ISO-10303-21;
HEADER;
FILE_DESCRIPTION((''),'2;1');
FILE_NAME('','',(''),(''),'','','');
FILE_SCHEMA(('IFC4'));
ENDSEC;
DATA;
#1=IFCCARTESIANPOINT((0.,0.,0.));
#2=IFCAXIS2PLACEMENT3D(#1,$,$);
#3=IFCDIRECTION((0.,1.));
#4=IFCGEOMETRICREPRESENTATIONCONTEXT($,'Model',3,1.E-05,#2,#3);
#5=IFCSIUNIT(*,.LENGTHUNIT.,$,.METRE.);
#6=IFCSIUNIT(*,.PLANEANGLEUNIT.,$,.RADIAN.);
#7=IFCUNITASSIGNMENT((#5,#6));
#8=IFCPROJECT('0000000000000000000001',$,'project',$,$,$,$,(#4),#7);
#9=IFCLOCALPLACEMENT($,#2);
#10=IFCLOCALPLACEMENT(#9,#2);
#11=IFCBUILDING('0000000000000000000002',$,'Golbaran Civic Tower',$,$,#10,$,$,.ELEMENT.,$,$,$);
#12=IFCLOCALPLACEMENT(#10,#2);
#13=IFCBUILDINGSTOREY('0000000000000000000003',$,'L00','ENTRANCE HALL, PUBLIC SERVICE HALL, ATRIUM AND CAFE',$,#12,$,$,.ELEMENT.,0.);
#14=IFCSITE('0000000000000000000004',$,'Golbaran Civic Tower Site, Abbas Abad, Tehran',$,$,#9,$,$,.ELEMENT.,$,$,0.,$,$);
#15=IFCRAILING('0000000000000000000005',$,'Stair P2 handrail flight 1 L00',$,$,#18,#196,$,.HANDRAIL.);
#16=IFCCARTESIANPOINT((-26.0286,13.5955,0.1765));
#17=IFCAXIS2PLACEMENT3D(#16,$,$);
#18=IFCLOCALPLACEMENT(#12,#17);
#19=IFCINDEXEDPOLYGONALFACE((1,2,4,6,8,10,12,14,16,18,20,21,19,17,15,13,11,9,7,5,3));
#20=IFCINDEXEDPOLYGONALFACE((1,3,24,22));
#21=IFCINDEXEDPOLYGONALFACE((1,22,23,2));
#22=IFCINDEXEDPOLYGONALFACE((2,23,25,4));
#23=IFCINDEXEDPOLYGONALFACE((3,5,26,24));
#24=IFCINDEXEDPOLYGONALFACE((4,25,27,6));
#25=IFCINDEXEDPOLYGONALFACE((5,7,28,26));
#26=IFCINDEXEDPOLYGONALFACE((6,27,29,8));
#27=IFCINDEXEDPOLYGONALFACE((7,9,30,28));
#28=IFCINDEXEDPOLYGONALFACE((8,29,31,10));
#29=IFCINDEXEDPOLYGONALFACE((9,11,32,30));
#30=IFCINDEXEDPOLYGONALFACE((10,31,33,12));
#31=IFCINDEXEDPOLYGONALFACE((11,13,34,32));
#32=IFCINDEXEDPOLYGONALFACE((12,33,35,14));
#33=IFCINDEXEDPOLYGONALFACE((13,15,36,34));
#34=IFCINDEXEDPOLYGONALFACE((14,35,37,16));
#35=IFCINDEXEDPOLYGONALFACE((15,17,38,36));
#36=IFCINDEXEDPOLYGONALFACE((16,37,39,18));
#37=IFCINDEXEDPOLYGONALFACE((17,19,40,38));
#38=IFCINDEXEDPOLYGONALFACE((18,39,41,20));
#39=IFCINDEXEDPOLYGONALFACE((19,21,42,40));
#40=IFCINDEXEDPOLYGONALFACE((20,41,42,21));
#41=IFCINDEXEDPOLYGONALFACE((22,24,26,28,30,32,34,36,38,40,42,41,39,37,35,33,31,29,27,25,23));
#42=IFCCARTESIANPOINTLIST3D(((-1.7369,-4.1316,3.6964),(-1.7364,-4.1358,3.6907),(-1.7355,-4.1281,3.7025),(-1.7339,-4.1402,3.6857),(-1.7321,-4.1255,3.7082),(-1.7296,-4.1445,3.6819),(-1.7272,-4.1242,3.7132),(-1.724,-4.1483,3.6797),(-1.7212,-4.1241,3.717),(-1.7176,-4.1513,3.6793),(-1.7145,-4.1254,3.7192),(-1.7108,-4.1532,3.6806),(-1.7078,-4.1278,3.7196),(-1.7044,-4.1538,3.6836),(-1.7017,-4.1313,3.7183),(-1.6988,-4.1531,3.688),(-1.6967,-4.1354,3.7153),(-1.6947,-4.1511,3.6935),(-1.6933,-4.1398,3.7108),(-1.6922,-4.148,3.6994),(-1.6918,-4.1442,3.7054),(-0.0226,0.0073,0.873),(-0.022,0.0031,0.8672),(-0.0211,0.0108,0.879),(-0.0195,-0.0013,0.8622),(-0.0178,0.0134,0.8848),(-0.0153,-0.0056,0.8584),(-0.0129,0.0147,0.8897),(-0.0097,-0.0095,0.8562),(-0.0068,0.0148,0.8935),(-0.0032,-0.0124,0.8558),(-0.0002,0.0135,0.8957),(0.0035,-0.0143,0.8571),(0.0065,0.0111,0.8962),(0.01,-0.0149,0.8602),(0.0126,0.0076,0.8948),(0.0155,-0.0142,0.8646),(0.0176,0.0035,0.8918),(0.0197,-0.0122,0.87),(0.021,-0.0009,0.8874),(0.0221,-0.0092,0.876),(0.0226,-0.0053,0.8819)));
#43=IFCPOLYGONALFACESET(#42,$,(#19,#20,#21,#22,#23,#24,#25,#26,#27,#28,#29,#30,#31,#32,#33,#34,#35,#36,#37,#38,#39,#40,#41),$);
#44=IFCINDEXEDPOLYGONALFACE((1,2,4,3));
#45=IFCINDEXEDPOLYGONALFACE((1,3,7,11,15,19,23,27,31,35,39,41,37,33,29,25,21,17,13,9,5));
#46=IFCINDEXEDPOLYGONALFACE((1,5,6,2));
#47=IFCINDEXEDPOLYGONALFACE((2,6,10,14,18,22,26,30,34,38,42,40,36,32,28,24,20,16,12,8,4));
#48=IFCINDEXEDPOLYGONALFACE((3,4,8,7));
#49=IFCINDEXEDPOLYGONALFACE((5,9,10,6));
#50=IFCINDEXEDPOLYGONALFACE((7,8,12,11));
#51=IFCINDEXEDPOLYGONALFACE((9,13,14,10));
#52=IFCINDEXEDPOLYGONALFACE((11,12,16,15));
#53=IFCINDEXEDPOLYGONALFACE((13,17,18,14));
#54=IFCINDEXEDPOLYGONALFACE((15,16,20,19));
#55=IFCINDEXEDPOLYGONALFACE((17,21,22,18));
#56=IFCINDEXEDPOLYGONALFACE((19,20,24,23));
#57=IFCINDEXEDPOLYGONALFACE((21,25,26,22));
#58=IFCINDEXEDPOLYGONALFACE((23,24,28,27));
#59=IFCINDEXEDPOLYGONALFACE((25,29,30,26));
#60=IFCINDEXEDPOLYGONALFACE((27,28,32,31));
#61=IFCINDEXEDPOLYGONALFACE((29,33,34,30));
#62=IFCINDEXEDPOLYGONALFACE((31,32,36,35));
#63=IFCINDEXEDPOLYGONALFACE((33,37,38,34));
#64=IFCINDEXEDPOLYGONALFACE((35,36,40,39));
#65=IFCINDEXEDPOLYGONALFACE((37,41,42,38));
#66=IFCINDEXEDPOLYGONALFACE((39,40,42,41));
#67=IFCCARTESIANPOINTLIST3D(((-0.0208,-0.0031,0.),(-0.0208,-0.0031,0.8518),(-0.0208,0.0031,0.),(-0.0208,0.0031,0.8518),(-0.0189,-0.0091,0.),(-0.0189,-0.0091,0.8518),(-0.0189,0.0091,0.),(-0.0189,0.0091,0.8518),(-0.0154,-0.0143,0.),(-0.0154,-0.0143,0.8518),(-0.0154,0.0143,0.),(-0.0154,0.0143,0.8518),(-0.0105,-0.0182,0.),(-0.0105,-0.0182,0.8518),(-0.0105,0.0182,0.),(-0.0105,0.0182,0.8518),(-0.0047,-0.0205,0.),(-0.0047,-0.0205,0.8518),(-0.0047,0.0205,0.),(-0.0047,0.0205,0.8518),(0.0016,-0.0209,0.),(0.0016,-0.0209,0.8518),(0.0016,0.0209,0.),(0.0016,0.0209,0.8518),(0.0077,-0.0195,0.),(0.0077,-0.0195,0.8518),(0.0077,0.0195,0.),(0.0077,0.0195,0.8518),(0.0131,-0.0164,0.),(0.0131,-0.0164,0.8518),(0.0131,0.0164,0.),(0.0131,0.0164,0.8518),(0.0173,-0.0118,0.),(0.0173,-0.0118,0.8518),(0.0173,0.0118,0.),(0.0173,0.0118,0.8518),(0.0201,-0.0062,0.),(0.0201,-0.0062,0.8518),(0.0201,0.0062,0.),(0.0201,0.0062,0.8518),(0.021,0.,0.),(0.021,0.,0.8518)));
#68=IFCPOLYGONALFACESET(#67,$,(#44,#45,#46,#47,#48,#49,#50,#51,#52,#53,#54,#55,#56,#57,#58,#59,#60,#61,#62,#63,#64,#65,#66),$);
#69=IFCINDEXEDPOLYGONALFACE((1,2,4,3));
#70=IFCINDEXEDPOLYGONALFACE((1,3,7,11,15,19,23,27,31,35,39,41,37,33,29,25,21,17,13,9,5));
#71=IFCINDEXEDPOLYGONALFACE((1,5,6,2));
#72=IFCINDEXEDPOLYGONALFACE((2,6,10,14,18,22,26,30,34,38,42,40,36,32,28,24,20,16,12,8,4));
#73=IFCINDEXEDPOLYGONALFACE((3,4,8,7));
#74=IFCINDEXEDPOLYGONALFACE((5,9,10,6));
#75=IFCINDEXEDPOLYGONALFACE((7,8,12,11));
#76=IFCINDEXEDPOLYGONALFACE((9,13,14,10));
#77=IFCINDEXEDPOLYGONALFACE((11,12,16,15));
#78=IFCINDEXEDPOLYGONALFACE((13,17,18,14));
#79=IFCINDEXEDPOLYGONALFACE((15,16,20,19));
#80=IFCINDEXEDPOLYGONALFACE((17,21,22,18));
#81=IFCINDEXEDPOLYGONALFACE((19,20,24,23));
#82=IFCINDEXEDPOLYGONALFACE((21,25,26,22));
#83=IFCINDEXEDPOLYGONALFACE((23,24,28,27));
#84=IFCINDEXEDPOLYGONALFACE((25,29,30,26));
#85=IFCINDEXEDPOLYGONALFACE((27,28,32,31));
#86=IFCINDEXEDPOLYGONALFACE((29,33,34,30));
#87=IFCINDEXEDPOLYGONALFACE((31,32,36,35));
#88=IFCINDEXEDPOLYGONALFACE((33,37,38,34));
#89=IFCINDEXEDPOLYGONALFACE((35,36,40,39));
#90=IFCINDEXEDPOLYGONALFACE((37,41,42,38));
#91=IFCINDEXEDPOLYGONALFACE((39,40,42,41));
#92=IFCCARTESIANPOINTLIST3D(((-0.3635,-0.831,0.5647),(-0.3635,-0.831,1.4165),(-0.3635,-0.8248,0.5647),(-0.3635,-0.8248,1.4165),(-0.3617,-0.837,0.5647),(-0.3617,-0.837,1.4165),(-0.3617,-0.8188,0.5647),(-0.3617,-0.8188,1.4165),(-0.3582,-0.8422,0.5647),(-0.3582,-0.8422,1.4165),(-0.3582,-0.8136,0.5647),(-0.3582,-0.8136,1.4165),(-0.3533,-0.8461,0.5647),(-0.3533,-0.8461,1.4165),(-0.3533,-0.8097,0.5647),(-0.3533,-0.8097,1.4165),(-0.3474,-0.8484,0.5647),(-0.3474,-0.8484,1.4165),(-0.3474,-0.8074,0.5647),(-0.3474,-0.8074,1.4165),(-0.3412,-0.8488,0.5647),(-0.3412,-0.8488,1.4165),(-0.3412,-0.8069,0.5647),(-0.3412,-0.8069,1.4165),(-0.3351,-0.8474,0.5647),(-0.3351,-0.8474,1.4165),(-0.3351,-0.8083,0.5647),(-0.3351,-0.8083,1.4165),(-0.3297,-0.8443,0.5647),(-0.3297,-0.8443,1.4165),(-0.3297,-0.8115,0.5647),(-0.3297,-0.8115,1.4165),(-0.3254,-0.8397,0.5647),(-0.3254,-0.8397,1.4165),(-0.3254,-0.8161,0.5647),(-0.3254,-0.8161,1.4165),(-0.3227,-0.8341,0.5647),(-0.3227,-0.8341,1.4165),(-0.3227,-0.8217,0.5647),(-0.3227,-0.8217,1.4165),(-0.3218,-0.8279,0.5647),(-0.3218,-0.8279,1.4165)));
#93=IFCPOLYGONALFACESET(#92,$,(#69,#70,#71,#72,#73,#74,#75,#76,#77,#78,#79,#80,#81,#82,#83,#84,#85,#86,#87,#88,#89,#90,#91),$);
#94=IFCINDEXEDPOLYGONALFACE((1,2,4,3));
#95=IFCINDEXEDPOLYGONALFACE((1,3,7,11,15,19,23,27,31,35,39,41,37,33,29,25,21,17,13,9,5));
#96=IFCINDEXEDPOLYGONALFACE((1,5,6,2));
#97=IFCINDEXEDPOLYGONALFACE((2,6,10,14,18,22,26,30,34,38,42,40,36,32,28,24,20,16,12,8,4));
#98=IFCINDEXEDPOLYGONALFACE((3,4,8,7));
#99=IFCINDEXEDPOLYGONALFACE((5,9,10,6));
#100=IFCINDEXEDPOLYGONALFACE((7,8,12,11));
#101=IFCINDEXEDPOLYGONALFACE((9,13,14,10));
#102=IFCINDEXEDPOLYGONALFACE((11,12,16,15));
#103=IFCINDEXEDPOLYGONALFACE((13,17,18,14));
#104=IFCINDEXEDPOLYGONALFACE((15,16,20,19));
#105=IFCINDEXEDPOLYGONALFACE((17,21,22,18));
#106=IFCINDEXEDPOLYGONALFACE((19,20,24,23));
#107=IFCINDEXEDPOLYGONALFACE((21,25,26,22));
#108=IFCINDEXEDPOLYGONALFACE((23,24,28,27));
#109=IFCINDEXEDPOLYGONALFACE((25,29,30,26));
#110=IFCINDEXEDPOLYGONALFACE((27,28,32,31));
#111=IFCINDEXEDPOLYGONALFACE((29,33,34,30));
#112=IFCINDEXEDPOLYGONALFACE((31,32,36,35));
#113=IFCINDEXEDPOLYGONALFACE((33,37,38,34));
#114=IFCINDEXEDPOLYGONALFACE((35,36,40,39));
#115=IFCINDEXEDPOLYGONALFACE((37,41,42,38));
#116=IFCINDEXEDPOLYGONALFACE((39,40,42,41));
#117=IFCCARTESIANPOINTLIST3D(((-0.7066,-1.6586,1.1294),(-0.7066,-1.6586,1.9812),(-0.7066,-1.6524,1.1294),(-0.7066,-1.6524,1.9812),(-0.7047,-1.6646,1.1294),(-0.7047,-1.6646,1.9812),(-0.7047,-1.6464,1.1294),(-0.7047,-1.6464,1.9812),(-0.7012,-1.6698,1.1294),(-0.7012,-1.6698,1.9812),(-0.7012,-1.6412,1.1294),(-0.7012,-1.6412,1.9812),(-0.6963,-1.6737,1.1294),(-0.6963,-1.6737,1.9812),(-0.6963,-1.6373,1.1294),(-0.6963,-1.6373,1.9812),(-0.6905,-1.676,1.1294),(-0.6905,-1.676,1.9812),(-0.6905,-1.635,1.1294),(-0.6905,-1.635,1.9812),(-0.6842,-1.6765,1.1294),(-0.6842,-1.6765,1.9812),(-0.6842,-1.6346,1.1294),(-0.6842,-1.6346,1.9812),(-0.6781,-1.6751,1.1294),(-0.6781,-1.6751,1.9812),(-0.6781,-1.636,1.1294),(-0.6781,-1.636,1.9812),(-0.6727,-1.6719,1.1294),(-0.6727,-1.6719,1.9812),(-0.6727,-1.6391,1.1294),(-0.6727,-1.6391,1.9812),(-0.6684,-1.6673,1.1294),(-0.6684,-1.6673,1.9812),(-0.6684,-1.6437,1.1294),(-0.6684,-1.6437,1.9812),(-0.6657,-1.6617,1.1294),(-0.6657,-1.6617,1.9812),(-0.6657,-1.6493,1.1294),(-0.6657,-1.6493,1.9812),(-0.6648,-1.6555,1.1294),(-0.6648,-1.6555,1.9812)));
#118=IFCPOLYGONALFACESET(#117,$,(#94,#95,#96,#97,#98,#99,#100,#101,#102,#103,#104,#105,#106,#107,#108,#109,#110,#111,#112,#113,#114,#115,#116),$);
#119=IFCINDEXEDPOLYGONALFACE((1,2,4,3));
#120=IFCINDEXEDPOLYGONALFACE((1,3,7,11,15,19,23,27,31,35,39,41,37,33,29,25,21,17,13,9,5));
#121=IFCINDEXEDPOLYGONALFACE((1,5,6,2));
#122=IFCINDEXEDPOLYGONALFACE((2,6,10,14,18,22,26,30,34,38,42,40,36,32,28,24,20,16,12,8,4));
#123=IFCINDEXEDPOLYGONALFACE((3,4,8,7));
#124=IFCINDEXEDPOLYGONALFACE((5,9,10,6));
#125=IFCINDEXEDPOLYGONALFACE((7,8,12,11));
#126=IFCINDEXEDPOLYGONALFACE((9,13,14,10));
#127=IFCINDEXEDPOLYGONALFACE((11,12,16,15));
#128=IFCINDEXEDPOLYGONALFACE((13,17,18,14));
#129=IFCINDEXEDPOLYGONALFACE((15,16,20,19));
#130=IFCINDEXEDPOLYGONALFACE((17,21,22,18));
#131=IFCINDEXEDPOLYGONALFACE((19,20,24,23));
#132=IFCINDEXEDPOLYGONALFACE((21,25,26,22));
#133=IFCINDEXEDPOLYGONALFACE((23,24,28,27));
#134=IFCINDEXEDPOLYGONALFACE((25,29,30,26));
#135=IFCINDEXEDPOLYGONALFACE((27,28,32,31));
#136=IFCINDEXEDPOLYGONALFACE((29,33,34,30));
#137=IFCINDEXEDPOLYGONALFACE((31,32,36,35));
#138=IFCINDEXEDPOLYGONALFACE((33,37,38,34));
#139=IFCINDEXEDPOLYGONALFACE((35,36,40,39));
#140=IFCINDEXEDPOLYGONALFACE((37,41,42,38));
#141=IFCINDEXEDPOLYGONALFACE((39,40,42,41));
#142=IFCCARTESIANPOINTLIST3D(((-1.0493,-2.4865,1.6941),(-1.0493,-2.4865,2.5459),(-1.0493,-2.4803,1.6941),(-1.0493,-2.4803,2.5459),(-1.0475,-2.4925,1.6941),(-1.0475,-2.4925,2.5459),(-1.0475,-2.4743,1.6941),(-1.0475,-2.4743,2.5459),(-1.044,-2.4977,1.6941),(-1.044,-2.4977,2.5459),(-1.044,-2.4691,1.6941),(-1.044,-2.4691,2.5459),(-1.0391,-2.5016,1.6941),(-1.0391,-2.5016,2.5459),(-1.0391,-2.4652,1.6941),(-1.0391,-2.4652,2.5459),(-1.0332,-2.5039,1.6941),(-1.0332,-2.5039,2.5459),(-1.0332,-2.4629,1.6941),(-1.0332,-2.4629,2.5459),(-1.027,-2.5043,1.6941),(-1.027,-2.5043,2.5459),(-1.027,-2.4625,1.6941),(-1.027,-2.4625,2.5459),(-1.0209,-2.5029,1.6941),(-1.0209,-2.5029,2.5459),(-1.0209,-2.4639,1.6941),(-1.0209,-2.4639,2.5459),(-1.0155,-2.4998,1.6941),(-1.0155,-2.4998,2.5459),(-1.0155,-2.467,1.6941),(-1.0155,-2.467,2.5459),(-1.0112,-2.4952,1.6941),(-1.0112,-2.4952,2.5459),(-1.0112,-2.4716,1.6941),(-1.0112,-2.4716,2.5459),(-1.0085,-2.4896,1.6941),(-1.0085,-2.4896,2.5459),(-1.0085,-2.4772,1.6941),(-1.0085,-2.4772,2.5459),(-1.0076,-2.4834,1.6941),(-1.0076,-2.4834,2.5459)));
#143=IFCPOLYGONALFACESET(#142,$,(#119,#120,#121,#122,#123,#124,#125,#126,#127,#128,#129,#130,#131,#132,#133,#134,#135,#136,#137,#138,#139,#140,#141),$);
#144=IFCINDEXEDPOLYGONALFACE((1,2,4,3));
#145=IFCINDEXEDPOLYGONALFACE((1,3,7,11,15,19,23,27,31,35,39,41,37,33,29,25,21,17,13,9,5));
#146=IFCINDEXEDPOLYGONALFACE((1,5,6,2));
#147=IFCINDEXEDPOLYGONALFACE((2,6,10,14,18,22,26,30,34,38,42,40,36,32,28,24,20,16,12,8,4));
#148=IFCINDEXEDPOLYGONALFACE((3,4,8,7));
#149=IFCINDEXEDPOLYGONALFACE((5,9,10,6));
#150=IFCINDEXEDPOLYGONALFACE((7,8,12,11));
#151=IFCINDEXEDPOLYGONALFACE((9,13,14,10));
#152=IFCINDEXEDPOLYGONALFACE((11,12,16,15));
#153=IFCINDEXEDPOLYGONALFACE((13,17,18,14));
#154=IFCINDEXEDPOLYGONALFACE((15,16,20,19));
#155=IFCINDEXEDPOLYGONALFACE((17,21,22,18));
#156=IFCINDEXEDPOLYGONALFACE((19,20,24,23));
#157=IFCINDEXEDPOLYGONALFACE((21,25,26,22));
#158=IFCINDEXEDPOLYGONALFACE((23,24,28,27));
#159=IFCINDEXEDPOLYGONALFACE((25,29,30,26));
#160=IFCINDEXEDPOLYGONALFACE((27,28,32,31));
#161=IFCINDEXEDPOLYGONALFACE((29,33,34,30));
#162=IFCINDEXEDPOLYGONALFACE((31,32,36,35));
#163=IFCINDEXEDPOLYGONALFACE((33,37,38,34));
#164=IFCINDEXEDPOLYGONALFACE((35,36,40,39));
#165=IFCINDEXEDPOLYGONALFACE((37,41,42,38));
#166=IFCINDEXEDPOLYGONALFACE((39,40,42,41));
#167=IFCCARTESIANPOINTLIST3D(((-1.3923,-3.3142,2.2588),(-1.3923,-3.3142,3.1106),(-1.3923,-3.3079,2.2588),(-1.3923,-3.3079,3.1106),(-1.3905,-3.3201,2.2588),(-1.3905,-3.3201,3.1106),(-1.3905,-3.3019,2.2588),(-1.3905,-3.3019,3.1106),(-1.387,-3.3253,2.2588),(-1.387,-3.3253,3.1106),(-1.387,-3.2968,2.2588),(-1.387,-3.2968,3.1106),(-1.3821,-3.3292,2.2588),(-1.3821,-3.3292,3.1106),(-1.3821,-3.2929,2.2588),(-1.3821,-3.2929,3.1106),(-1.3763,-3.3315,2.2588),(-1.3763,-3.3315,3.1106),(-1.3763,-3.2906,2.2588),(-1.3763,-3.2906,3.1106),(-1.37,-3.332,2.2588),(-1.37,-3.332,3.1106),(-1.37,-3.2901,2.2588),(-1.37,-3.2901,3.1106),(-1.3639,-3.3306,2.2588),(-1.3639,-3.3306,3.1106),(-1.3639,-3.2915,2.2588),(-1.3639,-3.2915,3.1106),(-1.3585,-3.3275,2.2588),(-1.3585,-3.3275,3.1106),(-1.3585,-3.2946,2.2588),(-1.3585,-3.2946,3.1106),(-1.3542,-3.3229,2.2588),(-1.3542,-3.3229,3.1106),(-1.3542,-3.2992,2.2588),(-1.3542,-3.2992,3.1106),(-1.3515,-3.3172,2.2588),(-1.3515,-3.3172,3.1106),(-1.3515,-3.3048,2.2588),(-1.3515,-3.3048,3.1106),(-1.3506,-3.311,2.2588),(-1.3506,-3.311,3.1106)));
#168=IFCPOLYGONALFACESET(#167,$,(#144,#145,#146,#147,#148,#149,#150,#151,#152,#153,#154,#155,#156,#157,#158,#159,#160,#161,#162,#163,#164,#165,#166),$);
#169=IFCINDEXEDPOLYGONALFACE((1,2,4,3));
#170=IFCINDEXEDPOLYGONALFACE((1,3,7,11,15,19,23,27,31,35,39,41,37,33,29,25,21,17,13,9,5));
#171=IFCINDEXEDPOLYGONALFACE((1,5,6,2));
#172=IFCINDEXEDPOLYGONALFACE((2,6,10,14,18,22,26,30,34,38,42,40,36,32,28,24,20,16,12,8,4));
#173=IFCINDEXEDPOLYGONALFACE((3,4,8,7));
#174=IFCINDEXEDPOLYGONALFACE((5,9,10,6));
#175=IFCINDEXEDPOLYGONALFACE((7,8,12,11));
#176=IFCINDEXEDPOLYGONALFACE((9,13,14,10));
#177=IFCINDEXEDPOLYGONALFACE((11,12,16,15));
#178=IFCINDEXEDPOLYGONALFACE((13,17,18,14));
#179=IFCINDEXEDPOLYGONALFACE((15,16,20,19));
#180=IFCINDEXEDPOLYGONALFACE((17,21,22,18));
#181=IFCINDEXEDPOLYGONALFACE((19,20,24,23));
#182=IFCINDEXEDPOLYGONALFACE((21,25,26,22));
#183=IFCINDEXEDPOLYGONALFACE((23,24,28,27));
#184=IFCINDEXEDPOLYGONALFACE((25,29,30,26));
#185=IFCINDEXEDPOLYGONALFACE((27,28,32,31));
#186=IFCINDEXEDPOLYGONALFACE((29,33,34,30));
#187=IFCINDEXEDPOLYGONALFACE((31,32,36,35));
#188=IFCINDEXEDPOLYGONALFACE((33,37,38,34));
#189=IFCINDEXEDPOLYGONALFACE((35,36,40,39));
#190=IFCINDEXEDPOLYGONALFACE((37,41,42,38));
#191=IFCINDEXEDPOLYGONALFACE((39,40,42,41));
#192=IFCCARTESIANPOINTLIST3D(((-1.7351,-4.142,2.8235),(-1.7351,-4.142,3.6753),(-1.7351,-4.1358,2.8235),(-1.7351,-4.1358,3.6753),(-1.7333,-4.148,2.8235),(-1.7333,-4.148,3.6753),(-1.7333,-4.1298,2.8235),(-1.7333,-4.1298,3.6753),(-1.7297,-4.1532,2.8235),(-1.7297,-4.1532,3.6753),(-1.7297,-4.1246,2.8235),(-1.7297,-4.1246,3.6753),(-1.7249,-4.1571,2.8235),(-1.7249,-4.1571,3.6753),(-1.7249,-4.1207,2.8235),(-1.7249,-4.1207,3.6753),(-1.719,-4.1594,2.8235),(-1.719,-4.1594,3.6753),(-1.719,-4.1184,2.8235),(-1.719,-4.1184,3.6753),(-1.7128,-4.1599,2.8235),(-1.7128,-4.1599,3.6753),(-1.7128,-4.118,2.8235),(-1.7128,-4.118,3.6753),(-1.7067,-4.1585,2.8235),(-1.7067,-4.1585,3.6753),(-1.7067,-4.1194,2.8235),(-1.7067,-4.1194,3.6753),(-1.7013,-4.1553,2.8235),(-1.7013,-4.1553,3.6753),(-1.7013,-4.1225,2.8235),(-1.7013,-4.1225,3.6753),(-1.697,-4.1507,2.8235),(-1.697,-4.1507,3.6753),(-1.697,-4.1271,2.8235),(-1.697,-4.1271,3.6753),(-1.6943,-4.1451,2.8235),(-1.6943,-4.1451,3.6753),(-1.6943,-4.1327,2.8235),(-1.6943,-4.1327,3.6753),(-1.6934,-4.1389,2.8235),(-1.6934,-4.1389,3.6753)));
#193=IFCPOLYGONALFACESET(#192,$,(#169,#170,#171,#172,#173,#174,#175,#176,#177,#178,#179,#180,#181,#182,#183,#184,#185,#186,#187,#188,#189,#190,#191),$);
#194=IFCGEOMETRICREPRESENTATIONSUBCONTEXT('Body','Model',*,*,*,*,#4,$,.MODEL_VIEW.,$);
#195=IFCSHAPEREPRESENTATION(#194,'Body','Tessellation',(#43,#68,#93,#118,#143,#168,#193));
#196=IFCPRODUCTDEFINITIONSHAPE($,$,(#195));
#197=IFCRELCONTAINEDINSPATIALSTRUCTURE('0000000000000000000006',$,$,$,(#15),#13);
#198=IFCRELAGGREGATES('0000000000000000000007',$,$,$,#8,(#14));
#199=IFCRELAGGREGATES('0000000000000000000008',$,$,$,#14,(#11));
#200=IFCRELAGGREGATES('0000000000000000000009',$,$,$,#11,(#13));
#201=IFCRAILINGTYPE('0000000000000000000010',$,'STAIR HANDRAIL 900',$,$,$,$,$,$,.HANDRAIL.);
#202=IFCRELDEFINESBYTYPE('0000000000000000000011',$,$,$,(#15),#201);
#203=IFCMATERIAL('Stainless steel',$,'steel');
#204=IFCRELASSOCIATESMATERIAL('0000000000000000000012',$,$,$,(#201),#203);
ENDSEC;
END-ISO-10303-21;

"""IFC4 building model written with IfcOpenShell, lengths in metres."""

from ifc_helpers import new_model, si_unit, direction, frame, origin, origin_2d, place, context, subcontext, project, spatial, circle, extrude, material, type_object, element, save


model = new_model("IFC4")

# Units and contexts
model_context = context("Model", 3, precision=1e-05, world=origin(), true_north=direction((0.0, 1.0)))
body_context = subcontext(model_context, "Body", "Model", "MODEL_VIEW")
ifc_project = project(units=[si_unit("LENGTHUNIT", "METRE"), si_unit("PLANEANGLEUNIT", "RADIAN")], contexts=[model_context])

# Site, building, storey
site_placement = place(None, origin())
site = spatial("IfcSite", under=ifc_project, at=site_placement, Name="Golbaran Civic Tower Site, Abbas Abad, Tehran", CompositionType="ELEMENT", RefElevation=0.0)
building_placement = place(site_placement, origin())
building = spatial("IfcBuilding", under=site, at=building_placement, Name="Golbaran Civic Tower", CompositionType="ELEMENT")
storey_placement = place(building_placement, origin())
storey = spatial("IfcBuildingStorey", under=building, at=storey_placement, Name="L00", Description="ENTRANCE HALL, PUBLIC SERVICE HALL, ATRIUM AND CAFE", CompositionType="ELEMENT", Elevation=0.0)

# Railing
ifc_material_1 = material(Name="Stainless steel", Category="steel")
railing_type_1 = type_object("IfcRailingType", Name="STAIR HANDRAIL 900", PredefinedType="HANDRAIL", material=ifc_material_1)
railing_1_placement = place(storey_placement, frame((-26.0286, 13.5955, 0.1765)))
element("IfcRailing", 1, at=railing_1_placement, inside=storey, type_object=railing_type_1, Name="Stair P2 handrail flight 1 L00", PredefinedType="HANDRAIL", context=body_context, shape_type="SweptSolid", body=[
    extrude(circle(Radius=0.0239, at=origin_2d()), frame((0.0, 0.0, 0.876), z_axis=(-0.323742, -0.7816, 0.533192), x_axis=(0.923883, -0.382676, 0.0)), (0.0, 0.0, 1.0), 5.2954),
    extrude(circle(Radius=0.021, at=origin_2d()), origin(), (0.0, 0.0, 1.0), 0.8518),
    extrude(circle(Radius=0.021, at=origin_2d()), frame((-0.3428, -0.8279, 0.5647)), (0.0, 0.0, 1.0), 0.8518),
    extrude(circle(Radius=0.021, at=origin_2d()), frame((-0.6858, -1.6555, 1.1294)), (0.0, 0.0, 1.0), 0.8518),
    extrude(circle(Radius=0.021, at=origin_2d()), frame((-1.0286, -2.4834, 1.6941)), (0.0, 0.0, 1.0), 0.8518),
    extrude(circle(Radius=0.021, at=origin_2d()), frame((-1.3716, -3.311, 2.2588)), (0.0, 0.0, 1.0), 0.8518),
    extrude(circle(Radius=0.021, at=origin_2d()), frame((-1.7144, -4.1389, 2.8235)), (0.0, 0.0, 1.0), 0.8518),
])

save(model, "model.ifc")
